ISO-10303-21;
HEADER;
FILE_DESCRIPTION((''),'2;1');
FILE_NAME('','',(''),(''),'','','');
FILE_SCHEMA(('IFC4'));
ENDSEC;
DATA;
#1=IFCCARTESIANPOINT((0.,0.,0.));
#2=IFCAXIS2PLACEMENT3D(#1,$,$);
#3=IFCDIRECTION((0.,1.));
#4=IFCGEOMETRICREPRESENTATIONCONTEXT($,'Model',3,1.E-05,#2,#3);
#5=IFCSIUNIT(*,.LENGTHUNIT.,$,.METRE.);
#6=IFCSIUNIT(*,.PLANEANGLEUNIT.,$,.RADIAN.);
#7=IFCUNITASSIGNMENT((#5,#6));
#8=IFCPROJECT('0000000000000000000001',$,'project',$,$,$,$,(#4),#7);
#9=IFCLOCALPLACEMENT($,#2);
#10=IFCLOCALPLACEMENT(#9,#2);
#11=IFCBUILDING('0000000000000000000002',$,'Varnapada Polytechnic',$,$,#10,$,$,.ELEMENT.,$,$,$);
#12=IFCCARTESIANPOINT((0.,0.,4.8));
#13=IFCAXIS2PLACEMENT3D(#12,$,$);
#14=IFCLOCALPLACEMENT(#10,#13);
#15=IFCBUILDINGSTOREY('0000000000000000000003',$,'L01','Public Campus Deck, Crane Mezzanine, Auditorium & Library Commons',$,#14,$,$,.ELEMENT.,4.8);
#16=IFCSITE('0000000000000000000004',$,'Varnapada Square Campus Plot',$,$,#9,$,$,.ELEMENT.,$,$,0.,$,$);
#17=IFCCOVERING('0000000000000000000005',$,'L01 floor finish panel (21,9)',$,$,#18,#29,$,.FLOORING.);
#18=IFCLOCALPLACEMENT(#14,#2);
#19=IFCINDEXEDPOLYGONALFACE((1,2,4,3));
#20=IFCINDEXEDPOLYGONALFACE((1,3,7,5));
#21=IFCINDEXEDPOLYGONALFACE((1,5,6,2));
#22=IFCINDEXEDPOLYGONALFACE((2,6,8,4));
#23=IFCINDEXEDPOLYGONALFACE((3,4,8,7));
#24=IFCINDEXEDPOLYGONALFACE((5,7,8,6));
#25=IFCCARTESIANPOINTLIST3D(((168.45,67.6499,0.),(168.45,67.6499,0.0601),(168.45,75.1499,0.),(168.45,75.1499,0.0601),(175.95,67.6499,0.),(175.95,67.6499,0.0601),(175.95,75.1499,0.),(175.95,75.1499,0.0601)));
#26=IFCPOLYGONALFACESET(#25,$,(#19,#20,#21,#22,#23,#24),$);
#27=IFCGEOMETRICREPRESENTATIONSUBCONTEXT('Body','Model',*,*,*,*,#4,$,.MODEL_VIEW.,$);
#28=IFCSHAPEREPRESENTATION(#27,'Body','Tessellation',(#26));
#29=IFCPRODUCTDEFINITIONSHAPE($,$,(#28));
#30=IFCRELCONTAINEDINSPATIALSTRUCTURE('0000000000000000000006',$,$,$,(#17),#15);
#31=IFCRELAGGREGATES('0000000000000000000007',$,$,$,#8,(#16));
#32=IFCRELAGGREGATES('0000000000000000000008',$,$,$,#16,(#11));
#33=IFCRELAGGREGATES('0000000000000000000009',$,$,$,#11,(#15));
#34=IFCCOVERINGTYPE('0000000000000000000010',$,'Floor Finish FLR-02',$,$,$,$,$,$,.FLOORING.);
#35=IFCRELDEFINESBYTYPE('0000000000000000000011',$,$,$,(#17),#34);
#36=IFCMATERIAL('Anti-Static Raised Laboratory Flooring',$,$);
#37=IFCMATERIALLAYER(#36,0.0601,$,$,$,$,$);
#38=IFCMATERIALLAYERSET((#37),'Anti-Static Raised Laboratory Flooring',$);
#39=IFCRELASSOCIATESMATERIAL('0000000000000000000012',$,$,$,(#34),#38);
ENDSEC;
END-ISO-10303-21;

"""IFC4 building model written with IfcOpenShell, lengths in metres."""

from ifc_helpers import new_model, si_unit, direction, frame, origin, origin_2d, place, context, subcontext, project, spatial, rectangle, extrude, material, layer, layer_set, type_object, element, save


model = new_model("IFC4")

# Units and contexts
model_context = context("Model", 3, precision=1e-05, world=origin(), true_north=direction((0.0, 1.0)))
body_context = subcontext(model_context, "Body", "Model", "MODEL_VIEW")
ifc_project = project(units=[si_unit("LENGTHUNIT", "METRE"), si_unit("PLANEANGLEUNIT", "RADIAN")], contexts=[model_context])

# Site, building, storey
site_placement = place(None, origin())
site = spatial("IfcSite", under=ifc_project, at=site_placement, Name="Varnapada Square Campus Plot", CompositionType="ELEMENT", RefElevation=0.0)
building_placement = place(site_placement, origin())
building = spatial("IfcBuilding", under=site, at=building_placement, Name="Varnapada Polytechnic", CompositionType="ELEMENT")
storey_placement = place(building_placement, frame((0.0, 0.0, 4.8)))
storey = spatial("IfcBuildingStorey", under=building, at=storey_placement, Name="L01", Description="Public Campus Deck, Crane Mezzanine, Auditorium & Library Commons", CompositionType="ELEMENT", Elevation=4.8)

# Covering
ifc_material_1 = material(Name="Anti-Static Raised Laboratory Flooring")
ifc_layer_1 = layer(ifc_material_1, 0.0601)
ifc_layer_set_1 = layer_set([ifc_layer_1], Name="Anti-Static Raised Laboratory Flooring")
covering_type = type_object("IfcCoveringType", Name="Floor Finish FLR-02", PredefinedType="FLOORING", material=ifc_layer_set_1)
covering_placement = place(storey_placement, frame((172.2, 71.3999, 0.0), z_axis=(0.0, 0.0, 1.0), x_axis=(1.0, 0.0, 0.0)))
element("IfcCovering", 1, at=covering_placement, inside=storey, type_object=covering_type, Name="L01 floor finish panel (21,9)", PredefinedType="FLOORING", context=body_context, shape_type="SweptSolid", body=[
    extrude(rectangle(XDim=7.5, YDim=7.5, at=origin_2d()), origin(), (0.0, 0.0, 1.0), 0.0601),
])

save(model, "model.ifc")
